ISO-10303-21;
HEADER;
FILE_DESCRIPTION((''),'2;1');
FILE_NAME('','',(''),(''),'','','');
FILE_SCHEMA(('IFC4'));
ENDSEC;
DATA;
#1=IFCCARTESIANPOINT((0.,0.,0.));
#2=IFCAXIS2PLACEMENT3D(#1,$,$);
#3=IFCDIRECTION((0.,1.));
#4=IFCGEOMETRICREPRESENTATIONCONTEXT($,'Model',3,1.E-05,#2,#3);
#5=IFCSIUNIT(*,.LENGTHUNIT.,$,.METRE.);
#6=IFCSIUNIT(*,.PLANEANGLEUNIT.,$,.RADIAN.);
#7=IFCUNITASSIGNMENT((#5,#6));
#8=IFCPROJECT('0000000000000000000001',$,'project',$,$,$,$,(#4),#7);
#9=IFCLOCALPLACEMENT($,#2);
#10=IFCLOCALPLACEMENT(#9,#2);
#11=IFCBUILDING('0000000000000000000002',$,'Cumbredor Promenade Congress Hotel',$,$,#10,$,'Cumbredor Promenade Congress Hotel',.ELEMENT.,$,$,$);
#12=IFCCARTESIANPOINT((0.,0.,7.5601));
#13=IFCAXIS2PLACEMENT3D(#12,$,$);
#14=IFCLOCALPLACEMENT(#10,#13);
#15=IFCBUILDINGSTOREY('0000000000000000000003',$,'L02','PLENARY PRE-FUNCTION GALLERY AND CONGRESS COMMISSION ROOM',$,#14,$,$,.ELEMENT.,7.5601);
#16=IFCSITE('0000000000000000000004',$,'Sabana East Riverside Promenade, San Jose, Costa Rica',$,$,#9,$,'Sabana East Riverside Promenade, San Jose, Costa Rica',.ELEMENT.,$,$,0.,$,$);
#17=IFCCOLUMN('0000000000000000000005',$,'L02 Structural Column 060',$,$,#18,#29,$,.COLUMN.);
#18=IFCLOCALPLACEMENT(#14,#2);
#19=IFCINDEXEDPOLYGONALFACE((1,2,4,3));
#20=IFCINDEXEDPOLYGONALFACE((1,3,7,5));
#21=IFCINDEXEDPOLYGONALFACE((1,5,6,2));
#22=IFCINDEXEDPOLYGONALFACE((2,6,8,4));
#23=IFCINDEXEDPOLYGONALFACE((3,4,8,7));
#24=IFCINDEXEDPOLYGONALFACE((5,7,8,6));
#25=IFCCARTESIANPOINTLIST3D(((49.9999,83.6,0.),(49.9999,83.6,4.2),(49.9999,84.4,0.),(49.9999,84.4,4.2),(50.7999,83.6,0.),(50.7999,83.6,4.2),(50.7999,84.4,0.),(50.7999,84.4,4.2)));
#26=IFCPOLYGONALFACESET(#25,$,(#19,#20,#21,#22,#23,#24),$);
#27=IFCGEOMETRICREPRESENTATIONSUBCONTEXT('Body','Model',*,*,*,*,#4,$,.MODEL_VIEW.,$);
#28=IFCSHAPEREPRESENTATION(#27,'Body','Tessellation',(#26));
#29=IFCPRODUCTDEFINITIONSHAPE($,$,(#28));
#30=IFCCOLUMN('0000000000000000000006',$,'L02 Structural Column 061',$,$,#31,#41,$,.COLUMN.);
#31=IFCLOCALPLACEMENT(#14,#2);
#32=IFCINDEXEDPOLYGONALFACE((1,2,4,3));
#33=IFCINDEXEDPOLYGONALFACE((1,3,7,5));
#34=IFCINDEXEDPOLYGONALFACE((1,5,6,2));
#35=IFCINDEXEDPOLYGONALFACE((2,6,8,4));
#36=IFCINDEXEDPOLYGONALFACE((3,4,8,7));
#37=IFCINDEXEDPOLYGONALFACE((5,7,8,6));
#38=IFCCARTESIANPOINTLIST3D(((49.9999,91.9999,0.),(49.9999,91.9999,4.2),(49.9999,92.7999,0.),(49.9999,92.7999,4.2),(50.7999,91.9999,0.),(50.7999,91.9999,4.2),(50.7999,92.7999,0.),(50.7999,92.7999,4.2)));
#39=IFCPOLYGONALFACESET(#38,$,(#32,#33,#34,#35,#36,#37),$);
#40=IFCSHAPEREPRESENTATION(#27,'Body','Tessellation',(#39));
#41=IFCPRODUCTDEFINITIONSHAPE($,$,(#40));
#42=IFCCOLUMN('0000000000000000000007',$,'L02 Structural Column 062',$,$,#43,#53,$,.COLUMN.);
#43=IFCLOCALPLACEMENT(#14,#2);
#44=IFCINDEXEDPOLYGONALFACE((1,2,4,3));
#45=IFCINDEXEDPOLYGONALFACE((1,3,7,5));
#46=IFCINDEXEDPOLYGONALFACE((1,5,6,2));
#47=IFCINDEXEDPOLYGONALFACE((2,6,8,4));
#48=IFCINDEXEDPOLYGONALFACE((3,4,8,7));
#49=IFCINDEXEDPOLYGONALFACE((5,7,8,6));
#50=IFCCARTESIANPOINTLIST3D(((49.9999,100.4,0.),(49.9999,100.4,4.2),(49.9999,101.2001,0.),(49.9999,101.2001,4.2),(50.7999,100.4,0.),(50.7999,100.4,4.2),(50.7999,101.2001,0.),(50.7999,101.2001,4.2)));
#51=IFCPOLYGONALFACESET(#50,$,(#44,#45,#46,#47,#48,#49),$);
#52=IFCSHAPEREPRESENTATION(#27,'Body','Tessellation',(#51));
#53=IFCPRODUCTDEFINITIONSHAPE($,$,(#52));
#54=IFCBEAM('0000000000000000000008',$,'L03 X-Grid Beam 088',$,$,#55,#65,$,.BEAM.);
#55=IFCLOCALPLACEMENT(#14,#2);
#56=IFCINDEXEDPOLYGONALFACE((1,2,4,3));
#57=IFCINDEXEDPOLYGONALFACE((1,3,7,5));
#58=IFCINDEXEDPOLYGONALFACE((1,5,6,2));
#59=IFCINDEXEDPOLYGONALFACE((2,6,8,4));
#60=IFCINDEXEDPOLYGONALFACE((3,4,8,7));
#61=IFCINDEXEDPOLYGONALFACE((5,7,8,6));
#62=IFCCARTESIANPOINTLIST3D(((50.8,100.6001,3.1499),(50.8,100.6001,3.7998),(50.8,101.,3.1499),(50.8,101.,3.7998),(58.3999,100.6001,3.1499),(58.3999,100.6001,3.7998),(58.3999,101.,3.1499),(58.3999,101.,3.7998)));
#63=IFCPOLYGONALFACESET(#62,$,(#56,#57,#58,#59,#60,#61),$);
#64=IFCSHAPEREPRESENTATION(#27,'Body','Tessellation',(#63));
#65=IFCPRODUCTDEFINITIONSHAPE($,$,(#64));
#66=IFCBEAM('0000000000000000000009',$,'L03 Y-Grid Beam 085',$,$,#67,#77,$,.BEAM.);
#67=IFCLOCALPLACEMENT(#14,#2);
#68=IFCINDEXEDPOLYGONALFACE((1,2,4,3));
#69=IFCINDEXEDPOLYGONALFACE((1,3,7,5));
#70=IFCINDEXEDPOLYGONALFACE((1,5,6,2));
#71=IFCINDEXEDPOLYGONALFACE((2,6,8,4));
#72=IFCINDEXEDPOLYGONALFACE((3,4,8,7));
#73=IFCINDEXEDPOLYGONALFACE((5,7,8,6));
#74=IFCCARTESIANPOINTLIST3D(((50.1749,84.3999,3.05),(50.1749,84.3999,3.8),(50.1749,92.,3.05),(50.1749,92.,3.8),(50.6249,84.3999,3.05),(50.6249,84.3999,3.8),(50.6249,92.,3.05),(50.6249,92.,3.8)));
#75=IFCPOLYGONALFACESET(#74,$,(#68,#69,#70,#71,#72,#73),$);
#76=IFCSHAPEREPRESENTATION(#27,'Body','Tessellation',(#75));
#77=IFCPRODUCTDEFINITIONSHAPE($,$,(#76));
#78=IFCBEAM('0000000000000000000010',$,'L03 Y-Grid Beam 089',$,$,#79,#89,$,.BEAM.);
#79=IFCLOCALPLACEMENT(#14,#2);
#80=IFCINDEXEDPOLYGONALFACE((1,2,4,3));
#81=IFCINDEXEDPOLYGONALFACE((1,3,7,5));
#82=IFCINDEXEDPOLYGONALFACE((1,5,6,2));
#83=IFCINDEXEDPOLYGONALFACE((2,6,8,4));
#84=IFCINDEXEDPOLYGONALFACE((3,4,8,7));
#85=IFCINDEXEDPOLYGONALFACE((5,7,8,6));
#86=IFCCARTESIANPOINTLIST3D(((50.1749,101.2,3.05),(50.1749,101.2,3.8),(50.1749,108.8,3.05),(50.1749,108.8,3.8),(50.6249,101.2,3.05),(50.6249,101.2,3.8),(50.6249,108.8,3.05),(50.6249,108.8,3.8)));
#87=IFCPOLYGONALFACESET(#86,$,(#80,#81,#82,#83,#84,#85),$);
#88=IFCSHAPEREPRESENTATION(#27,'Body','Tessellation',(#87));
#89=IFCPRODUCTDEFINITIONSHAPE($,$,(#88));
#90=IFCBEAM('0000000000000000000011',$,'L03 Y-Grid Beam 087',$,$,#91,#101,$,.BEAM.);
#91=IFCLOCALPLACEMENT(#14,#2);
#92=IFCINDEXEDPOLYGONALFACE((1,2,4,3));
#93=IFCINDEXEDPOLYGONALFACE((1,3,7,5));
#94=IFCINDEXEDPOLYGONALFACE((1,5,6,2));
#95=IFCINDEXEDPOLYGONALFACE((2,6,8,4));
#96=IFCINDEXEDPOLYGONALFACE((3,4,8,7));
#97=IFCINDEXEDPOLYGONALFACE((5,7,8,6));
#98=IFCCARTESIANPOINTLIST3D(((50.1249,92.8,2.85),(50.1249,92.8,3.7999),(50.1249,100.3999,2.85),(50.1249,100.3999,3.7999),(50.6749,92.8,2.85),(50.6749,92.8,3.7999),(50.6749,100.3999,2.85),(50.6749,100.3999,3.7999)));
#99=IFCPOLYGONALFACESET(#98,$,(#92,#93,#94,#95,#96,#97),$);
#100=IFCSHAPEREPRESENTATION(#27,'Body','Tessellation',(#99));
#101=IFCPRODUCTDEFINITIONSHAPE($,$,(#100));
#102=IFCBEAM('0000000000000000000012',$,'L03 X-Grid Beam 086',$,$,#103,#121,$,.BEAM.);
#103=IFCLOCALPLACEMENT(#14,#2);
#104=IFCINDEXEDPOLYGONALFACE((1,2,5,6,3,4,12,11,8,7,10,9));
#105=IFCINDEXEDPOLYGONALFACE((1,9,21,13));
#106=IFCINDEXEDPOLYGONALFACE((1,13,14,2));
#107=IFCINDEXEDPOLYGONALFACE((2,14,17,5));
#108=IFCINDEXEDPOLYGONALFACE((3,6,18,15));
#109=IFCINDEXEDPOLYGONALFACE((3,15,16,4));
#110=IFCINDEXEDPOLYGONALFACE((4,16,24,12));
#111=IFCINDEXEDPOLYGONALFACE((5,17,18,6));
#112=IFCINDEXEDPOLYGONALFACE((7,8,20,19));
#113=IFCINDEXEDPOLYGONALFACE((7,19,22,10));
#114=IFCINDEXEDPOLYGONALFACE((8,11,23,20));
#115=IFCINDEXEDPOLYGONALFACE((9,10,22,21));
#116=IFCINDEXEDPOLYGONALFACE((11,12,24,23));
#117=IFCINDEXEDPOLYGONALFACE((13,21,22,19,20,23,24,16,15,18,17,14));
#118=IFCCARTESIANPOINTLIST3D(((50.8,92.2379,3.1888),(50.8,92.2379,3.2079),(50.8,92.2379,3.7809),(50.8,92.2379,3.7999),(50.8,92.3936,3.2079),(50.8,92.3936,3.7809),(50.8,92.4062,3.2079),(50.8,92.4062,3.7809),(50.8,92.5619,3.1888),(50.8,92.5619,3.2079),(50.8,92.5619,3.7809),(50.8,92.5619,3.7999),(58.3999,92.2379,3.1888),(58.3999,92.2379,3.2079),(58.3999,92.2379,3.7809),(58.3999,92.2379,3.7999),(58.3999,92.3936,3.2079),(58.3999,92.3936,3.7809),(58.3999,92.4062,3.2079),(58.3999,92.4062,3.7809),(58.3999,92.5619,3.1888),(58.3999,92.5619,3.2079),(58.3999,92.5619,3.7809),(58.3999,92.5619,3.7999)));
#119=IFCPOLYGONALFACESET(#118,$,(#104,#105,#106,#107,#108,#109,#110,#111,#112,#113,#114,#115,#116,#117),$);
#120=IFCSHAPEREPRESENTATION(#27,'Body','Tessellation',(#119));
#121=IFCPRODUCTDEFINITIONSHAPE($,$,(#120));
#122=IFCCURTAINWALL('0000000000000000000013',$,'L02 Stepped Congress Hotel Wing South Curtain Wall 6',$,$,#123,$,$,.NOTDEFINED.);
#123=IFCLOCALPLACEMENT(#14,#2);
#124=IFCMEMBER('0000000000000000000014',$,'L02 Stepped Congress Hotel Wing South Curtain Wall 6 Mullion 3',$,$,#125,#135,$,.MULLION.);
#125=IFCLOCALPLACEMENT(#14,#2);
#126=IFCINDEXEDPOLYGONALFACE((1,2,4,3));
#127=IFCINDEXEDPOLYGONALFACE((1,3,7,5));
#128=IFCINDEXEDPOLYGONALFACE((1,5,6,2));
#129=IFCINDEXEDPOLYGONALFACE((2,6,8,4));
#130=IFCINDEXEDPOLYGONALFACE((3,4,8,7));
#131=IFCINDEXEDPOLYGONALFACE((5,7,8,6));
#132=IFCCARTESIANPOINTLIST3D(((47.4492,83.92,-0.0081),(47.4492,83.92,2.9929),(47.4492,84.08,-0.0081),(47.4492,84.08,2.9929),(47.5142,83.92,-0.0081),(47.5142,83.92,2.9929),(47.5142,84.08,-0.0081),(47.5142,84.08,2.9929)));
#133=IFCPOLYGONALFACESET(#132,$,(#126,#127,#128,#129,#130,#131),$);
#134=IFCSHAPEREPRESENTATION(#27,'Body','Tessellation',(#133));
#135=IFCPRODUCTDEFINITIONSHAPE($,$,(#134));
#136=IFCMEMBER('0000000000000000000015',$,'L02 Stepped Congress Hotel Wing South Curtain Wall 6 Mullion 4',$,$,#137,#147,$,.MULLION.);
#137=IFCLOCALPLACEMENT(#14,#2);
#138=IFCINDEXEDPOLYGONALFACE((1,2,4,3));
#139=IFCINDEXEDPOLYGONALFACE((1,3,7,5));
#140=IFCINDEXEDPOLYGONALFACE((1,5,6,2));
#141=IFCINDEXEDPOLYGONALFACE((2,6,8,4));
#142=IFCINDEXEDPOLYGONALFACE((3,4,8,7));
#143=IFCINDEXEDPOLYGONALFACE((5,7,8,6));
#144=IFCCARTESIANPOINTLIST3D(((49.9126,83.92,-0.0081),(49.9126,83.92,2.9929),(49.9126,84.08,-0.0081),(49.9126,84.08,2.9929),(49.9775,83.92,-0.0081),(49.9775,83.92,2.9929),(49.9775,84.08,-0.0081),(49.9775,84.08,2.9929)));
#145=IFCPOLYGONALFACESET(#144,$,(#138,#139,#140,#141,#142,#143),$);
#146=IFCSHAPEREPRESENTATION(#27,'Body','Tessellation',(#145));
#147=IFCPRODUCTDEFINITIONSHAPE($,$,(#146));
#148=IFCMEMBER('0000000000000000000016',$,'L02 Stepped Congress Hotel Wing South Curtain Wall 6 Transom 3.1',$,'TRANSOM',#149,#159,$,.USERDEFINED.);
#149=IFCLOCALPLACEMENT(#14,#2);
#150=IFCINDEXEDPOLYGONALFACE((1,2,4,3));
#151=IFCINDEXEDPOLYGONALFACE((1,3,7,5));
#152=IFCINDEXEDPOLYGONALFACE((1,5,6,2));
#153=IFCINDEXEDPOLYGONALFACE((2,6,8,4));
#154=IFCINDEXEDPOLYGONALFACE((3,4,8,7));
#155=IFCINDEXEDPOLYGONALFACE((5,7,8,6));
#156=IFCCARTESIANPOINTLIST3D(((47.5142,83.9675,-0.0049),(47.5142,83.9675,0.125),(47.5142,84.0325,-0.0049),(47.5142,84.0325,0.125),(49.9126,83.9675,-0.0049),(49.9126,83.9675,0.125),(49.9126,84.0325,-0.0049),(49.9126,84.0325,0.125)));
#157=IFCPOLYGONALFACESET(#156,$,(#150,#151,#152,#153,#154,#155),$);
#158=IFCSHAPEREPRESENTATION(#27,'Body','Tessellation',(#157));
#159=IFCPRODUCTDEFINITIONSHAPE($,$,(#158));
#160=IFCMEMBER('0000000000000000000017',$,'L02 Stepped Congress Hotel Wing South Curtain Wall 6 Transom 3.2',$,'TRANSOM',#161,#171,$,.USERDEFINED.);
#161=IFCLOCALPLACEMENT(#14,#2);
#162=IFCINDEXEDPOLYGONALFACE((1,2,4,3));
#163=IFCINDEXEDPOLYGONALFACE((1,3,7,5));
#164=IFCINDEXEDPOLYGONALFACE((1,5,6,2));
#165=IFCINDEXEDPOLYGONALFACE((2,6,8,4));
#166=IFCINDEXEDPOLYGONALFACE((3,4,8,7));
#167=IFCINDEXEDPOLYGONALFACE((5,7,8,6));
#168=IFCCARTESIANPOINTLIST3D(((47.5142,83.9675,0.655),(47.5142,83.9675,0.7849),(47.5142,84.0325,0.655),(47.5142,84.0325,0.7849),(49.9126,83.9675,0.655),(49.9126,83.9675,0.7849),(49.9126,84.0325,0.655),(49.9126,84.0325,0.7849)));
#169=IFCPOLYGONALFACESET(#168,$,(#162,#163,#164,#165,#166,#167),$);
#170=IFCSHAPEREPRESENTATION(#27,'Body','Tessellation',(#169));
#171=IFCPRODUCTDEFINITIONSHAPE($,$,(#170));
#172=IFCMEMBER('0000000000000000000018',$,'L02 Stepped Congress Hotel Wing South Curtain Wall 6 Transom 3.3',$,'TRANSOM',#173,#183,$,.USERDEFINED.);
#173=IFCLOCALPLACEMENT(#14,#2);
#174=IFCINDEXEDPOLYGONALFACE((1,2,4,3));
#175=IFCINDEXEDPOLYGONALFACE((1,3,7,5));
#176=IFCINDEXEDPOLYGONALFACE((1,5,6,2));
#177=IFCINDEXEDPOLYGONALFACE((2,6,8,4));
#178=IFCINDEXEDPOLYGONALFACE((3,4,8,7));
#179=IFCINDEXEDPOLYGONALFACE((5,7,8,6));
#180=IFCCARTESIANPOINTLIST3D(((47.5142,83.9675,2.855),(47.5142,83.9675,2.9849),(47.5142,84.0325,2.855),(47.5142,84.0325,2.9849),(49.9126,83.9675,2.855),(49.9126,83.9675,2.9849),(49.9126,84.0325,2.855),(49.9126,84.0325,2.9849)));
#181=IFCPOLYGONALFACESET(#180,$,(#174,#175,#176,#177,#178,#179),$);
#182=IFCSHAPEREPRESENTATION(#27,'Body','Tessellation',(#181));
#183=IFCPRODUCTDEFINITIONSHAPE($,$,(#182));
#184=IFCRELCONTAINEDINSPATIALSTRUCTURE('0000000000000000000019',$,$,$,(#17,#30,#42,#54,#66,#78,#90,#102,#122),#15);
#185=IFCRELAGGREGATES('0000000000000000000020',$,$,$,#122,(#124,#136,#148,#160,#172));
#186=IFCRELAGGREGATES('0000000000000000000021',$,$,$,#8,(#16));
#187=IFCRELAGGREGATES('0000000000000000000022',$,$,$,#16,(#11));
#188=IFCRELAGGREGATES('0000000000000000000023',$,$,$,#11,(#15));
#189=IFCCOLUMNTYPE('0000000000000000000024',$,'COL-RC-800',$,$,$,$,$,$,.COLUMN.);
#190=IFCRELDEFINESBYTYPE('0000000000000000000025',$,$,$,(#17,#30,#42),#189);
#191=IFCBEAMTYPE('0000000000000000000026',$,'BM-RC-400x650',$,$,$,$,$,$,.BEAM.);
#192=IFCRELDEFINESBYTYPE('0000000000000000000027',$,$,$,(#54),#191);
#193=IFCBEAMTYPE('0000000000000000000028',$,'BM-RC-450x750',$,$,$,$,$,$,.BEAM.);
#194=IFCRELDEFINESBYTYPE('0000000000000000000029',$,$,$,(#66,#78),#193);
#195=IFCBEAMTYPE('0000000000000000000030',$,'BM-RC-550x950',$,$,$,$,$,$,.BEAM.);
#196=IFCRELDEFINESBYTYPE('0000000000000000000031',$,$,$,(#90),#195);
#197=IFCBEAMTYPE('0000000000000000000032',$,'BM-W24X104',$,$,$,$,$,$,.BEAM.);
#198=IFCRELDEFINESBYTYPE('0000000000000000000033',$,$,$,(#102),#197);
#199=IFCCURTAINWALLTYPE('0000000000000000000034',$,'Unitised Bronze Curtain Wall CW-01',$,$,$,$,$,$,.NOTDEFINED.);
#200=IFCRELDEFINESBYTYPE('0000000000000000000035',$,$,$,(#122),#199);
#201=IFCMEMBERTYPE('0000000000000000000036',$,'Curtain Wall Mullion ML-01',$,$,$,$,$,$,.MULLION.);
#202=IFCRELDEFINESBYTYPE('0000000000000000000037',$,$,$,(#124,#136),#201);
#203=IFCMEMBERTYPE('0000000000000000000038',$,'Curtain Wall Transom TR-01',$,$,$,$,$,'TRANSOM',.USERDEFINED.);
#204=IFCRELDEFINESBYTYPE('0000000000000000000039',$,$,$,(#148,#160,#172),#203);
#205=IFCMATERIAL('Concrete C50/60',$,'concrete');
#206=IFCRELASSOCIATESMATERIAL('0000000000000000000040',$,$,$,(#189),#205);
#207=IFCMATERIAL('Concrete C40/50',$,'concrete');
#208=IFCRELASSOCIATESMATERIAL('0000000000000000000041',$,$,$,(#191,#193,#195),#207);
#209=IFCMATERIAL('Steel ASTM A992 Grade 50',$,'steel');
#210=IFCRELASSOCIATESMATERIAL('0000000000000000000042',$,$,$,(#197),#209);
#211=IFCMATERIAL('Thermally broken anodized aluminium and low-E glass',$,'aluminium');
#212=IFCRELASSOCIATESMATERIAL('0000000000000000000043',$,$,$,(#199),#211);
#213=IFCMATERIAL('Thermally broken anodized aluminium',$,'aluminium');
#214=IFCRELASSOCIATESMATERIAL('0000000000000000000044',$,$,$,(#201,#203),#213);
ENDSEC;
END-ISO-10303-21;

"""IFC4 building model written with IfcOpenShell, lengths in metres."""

from ifc_helpers import new_model, si_unit, direction, frame, origin, origin_2d, place, context, subcontext, project, spatial, rectangle, i_section, extrude, material, material_profile, profile_set, type_object, element, aggregate, save


model = new_model("IFC4")

# Units and contexts
model_context = context("Model", 3, precision=1e-05, world=origin(), true_north=direction((0.0, 1.0)))
body_context = subcontext(model_context, "Body", "Model", "MODEL_VIEW")
ifc_project = project(units=[si_unit("LENGTHUNIT", "METRE"), si_unit("PLANEANGLEUNIT", "RADIAN")], contexts=[model_context])

# Site, building, storey
site_placement = place(None, origin())
site = spatial("IfcSite", under=ifc_project, at=site_placement, Name="Sabana East Riverside Promenade, San Jose, Costa Rica", LongName="Sabana East Riverside Promenade, San Jose, Costa Rica", CompositionType="ELEMENT", RefElevation=0.0)
building_placement = place(site_placement, origin())
building = spatial("IfcBuilding", under=site, at=building_placement, Name="Cumbredor Promenade Congress Hotel", LongName="Cumbredor Promenade Congress Hotel", CompositionType="ELEMENT")
storey_placement = place(building_placement, frame((0.0, 0.0, 7.5601)))
storey = spatial("IfcBuildingStorey", under=building, at=storey_placement, Name="L02", Description="PLENARY PRE-FUNCTION GALLERY AND CONGRESS COMMISSION ROOM", CompositionType="ELEMENT", Elevation=7.5601)

# Columns
ifc_material_1 = material(Name="Concrete C50/60", Category="concrete")
ifc_material_profile_1 = material_profile(ifc_material_1, rectangle(XDim=0.8, YDim=0.8, at=origin_2d()), Name="RC 800x800")
ifc_profile_set_1 = profile_set([ifc_material_profile_1], Name="Concrete C50/60")
column_type = type_object("IfcColumnType", Name="COL-RC-800", PredefinedType="COLUMN", material=ifc_profile_set_1)
for number, where, z_axis, x_axis, name in (
    (1, (50.3999, 84.0, 0.0), (0.0, 0.0, 1.0), (1.0, 0.0, 0.0), "L02 Structural Column 060"),
    (2, (50.3999, 92.3999, 0.0), (0.0, 0.0, 1.0), (1.0, 0.0, 0.0), "L02 Structural Column 061"),
    (3, (50.3999, 100.8, 0.0), (0.0, 0.0, 1.0), (1.0, 0.0, 0.0), "L02 Structural Column 062"),
):
    element("IfcColumn", number, at=place(storey_placement, frame(where, z_axis=z_axis, x_axis=x_axis)), inside=storey, type_object=column_type, Name=name, PredefinedType="COLUMN", context=body_context, shape_type="SweptSolid", body=[
        extrude(rectangle(XDim=0.8, YDim=0.8, at=origin_2d()), origin(), (0.0, 0.0, 1.0), 4.2),
    ])

# Beams
ifc_material_2 = material(Name="Concrete C40/50", Category="concrete")
ifc_material_profile_2 = material_profile(ifc_material_2, rectangle(XDim=0.3999, YDim=0.6499, at=origin_2d()), Name="RC BEAM 400x650")
ifc_profile_set_2 = profile_set([ifc_material_profile_2], Name="Concrete C40/50")
beam_type_1 = type_object("IfcBeamType", Name="BM-RC-400x650", PredefinedType="BEAM", material=ifc_profile_set_2)
beam_1_placement = place(storey_placement, frame((50.8, 100.8, 3.4749), z_axis=(1.0, 0.0, 0.0), x_axis=(0.0, 1.0, 0.0)))
element("IfcBeam", 4, at=beam_1_placement, inside=storey, type_object=beam_type_1, Name="L03 X-Grid Beam 088", PredefinedType="BEAM", context=body_context, shape_type="SweptSolid", body=[
    extrude(rectangle(XDim=0.3999, YDim=0.6499, at=origin_2d()), origin(), (0.0, 0.0, 1.0), 7.5999),
])
ifc_material_profile_3 = material_profile(ifc_material_2, rectangle(XDim=0.45, YDim=0.75, at=origin_2d()), Name="RC BEAM 450x750")
ifc_profile_set_3 = profile_set([ifc_material_profile_3], Name="Concrete C40/50")
beam_type_2 = type_object("IfcBeamType", Name="BM-RC-450x750", PredefinedType="BEAM", material=ifc_profile_set_3)
for number, where, z_axis, x_axis, name in (
    (5, (50.3999, 84.3999, 3.425), (0.0, 1.0, 0.0), (-1.0, 0.0, 0.0), "L03 Y-Grid Beam 085"),
    (6, (50.3999, 101.2, 3.425), (0.0, 1.0, 0.0), (-1.0, 0.0, 0.0), "L03 Y-Grid Beam 089"),
):
    element("IfcBeam", number, at=place(storey_placement, frame(where, z_axis=z_axis, x_axis=x_axis)), inside=storey, type_object=beam_type_2, Name=name, PredefinedType="BEAM", context=body_context, shape_type="SweptSolid", body=[
        extrude(rectangle(XDim=0.45, YDim=0.75, at=origin_2d()), origin(), (0.0, 0.0, 1.0), 7.6001),
    ])
ifc_material_profile_4 = material_profile(ifc_material_2, rectangle(XDim=0.55, YDim=0.95, at=origin_2d()), Name="RC BEAM 550x950")
ifc_profile_set_4 = profile_set([ifc_material_profile_4], Name="Concrete C40/50")
beam_type_3 = type_object("IfcBeamType", Name="BM-RC-550x950", PredefinedType="BEAM", material=ifc_profile_set_4)
beam_2_placement = place(storey_placement, frame((50.3999, 92.8, 3.325), z_axis=(0.0, 1.0, 0.0), x_axis=(-1.0, 0.0, 0.0)))
element("IfcBeam", 7, at=beam_2_placement, inside=storey, type_object=beam_type_3, Name="L03 Y-Grid Beam 087", PredefinedType="BEAM", context=body_context, shape_type="SweptSolid", body=[
    extrude(rectangle(XDim=0.55, YDim=0.95, at=origin_2d()), origin(), (0.0, 0.0, 1.0), 7.5999),
])
ifc_material_3 = material(Name="Steel ASTM A992 Grade 50", Category="steel")
ifc_material_profile_5 = material_profile(ifc_material_3, i_section(OverallWidth=0.324, OverallDepth=0.6111, WebThickness=0.0127, FlangeThickness=0.019, at=origin_2d()), Name="W24X104")
ifc_profile_set_5 = profile_set([ifc_material_profile_5], Name="Steel ASTM A992 Grade 50")
beam_type_4 = type_object("IfcBeamType", Name="BM-W24X104", PredefinedType="BEAM", material=ifc_profile_set_5)
beam_3_placement = place(storey_placement, frame((50.8, 92.3999, 3.4944), z_axis=(1.0, 0.0, 0.0), x_axis=(0.0, 1.0, 0.0)))
element("IfcBeam", 8, at=beam_3_placement, inside=storey, type_object=beam_type_4, Name="L03 X-Grid Beam 086", PredefinedType="BEAM", context=body_context, shape_type="SweptSolid", body=[
    extrude(i_section(OverallWidth=0.324, OverallDepth=0.6111, WebThickness=0.0127, FlangeThickness=0.019, at=origin_2d()), origin(), (0.0, 0.0, 1.0), 7.5999),
])

# Curtain wall, members
ifc_material_4 = material(Name="Thermally broken anodized aluminium and low-E glass", Category="aluminium")
curtain_wall_type = type_object("IfcCurtainWallType", Name="Unitised Bronze Curtain Wall CW-01", PredefinedType="NOTDEFINED", material=ifc_material_4)
curtain_wall_placement = place(storey_placement, origin())
curtain_wall = element("IfcCurtainWall", 9, at=curtain_wall_placement, inside=storey, type_object=curtain_wall_type, Name="L02 Stepped Congress Hotel Wing South Curtain Wall 6", PredefinedType="NOTDEFINED")
ifc_material_5 = material(Name="Thermally broken anodized aluminium", Category="aluminium")
ifc_material_profile_6 = material_profile(ifc_material_5, rectangle(XDim=0.0649, YDim=0.1599, at=origin_2d()), Name="ALU MULLION 65x160")
ifc_profile_set_6 = profile_set([ifc_material_profile_6], Name="Thermally broken anodized aluminium")
member_type_1 = type_object("IfcMemberType", Name="Curtain Wall Mullion ML-01", PredefinedType="MULLION", material=ifc_profile_set_6)
member_1_placement = place(storey_placement, frame((47.4817, 84.0, -0.0081), z_axis=(0.0, 0.0, 1.0), x_axis=(1.0, 0.0, 0.0)))
member_1 = element("IfcMember", 10, at=member_1_placement, type_object=member_type_1, Name="L02 Stepped Congress Hotel Wing South Curtain Wall 6 Mullion 3", PredefinedType="MULLION", context=body_context, shape_type="SweptSolid", body=[
    extrude(rectangle(XDim=0.0649, YDim=0.1599, at=origin_2d()), origin(), (0.0, 0.0, 1.0), 3.001),
])
member_2_placement = place(storey_placement, frame((49.9451, 84.0, -0.0081), z_axis=(0.0, 0.0, 1.0), x_axis=(1.0, 0.0, 0.0)))
member_2 = element("IfcMember", 11, at=member_2_placement, type_object=member_type_1, Name="L02 Stepped Congress Hotel Wing South Curtain Wall 6 Mullion 4", PredefinedType="MULLION", context=body_context, shape_type="SweptSolid", body=[
    extrude(rectangle(XDim=0.0649, YDim=0.1599, at=origin_2d()), origin(), (0.0, 0.0, 1.0), 3.001),
])
ifc_material_profile_7 = material_profile(ifc_material_5, rectangle(XDim=0.0649, YDim=0.1299, at=origin_2d()), Name="ALU TRANSOM 65x130")
ifc_profile_set_7 = profile_set([ifc_material_profile_7], Name="Thermally broken anodized aluminium")
member_type_2 = type_object("IfcMemberType", Name="Curtain Wall Transom TR-01", ElementType="TRANSOM", PredefinedType="USERDEFINED", material=ifc_profile_set_7)
member_3_placement = place(storey_placement, frame((47.5142, 84.0, 0.0601), z_axis=(1.0, 0.0, 0.0), x_axis=(0.0, 1.0, 0.0)))
member_3 = element("IfcMember", 12, at=member_3_placement, type_object=member_type_2, Name="L02 Stepped Congress Hotel Wing South Curtain Wall 6 Transom 3.1", ObjectType="TRANSOM", PredefinedType="USERDEFINED", context=body_context, shape_type="SweptSolid", body=[
    extrude(rectangle(XDim=0.0649, YDim=0.1299, at=origin_2d()), origin(), (0.0, 0.0, 1.0), 2.3984),
])
member_4_placement = place(storey_placement, frame((47.5142, 84.0, 0.72), z_axis=(1.0, 0.0, 0.0), x_axis=(0.0, 1.0, 0.0)))
member_4 = element("IfcMember", 13, at=member_4_placement, type_object=member_type_2, Name="L02 Stepped Congress Hotel Wing South Curtain Wall 6 Transom 3.2", ObjectType="TRANSOM", PredefinedType="USERDEFINED", context=body_context, shape_type="SweptSolid", body=[
    extrude(rectangle(XDim=0.0649, YDim=0.1299, at=origin_2d()), origin(), (0.0, 0.0, 1.0), 2.3984),
])
member_5_placement = place(storey_placement, frame((47.5142, 84.0, 2.9199), z_axis=(1.0, 0.0, 0.0), x_axis=(0.0, 1.0, 0.0)))
member_5 = element("IfcMember", 14, at=member_5_placement, type_object=member_type_2, Name="L02 Stepped Congress Hotel Wing South Curtain Wall 6 Transom 3.3", ObjectType="TRANSOM", PredefinedType="USERDEFINED", context=body_context, shape_type="SweptSolid", body=[
    extrude(rectangle(XDim=0.0649, YDim=0.1299, at=origin_2d()), origin(), (0.0, 0.0, 1.0), 2.3984),
])

aggregate(curtain_wall, [member_1, member_2, member_3, member_4, member_5])

save(model, "model.ifc")
